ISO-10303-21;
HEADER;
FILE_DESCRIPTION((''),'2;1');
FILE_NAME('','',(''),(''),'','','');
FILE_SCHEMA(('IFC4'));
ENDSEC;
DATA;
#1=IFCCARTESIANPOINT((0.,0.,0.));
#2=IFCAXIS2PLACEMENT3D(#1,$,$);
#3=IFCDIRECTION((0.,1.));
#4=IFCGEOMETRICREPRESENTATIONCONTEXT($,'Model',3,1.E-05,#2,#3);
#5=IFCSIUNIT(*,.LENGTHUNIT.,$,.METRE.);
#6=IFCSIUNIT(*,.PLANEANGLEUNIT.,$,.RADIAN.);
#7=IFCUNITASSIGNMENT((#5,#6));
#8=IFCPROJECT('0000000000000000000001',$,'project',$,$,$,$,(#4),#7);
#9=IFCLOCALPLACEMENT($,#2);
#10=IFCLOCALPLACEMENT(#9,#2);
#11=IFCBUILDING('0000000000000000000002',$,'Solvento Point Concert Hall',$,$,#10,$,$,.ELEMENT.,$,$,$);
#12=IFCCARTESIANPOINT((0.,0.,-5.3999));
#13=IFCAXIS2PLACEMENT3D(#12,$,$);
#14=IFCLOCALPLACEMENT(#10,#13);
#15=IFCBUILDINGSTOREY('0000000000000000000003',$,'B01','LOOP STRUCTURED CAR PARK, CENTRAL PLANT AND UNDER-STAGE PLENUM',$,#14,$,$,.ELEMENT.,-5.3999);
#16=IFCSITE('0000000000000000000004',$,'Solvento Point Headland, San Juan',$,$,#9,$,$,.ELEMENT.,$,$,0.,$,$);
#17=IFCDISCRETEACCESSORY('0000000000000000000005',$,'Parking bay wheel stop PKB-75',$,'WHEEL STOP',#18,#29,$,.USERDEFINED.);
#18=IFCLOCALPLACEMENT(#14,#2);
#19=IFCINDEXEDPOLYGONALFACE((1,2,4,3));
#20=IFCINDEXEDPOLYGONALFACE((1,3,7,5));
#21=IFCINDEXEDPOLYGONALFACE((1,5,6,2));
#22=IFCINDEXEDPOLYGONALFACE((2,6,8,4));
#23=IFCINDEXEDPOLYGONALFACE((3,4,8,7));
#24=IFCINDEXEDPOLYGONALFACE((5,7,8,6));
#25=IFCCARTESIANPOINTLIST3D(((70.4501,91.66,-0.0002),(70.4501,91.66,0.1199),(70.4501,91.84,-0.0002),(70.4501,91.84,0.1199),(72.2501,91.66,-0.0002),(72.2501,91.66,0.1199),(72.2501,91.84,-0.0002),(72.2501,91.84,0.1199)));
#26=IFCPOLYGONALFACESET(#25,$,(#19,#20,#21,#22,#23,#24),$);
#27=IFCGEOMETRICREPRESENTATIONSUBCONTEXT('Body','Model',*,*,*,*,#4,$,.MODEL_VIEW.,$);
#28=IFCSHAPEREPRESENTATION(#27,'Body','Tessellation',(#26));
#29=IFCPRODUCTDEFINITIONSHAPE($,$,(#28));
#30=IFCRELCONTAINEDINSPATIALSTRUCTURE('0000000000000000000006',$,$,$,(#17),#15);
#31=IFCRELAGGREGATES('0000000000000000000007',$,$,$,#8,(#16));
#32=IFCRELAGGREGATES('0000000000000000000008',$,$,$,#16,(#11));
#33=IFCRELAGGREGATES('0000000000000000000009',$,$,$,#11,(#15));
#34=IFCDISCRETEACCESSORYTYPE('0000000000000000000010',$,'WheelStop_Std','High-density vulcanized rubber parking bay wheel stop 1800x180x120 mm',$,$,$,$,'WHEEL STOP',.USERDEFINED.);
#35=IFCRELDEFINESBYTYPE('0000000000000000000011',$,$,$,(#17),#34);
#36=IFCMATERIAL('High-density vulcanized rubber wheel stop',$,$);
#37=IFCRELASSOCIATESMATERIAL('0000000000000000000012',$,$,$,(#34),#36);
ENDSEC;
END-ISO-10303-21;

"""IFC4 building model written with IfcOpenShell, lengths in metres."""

from ifc_helpers import new_model, si_unit, direction, frame, origin, origin_2d, place, context, subcontext, project, spatial, rectangle, extrude, material, type_object, element, save


model = new_model("IFC4")

# Units and contexts
model_context = context("Model", 3, precision=1e-05, world=origin(), true_north=direction((0.0, 1.0)))
body_context = subcontext(model_context, "Body", "Model", "MODEL_VIEW")
ifc_project = project(units=[si_unit("LENGTHUNIT", "METRE"), si_unit("PLANEANGLEUNIT", "RADIAN")], contexts=[model_context])

# Site, building, storey
site_placement = place(None, origin())
site = spatial("IfcSite", under=ifc_project, at=site_placement, Name="Solvento Point Headland, San Juan", CompositionType="ELEMENT", RefElevation=0.0)
building_placement = place(site_placement, origin())
building = spatial("IfcBuilding", under=site, at=building_placement, Name="Solvento Point Concert Hall", CompositionType="ELEMENT")
storey_placement = place(building_placement, frame((0.0, 0.0, -5.3999)))
storey = spatial("IfcBuildingStorey", under=building, at=storey_placement, Name="B01", Description="LOOP STRUCTURED CAR PARK, CENTRAL PLANT AND UNDER-STAGE PLENUM", CompositionType="ELEMENT", Elevation=-5.3999)

# Discrete accessory
ifc_material_1 = material(Name="High-density vulcanized rubber wheel stop")
discrete_accessory_type_1 = type_object("IfcDiscreteAccessoryType", Name="WheelStop_Std", Description="High-density vulcanized rubber parking bay wheel stop 1800x180x120 mm", ElementType="WHEEL STOP", PredefinedType="USERDEFINED", material=ifc_material_1)
for number, where, z_axis, x_axis, name in (
    (1, (71.3501, 91.75, -0.0002), (0.0, 0.0, 1.0), (1.0, 0.0, 0.0), "Parking bay wheel stop PKB-75"),
):
    element("IfcDiscreteAccessory", number, at=place(storey_placement, frame(where, z_axis=z_axis, x_axis=x_axis)), inside=storey, type_object=discrete_accessory_type_1, Name=name, ObjectType="WHEEL STOP", PredefinedType="USERDEFINED", context=body_context, shape_type="SweptSolid", body=[
        extrude(rectangle(XDim=1.8, YDim=0.1799, at=origin_2d()), origin(), (0.0, 0.0, 1.0), 0.1201),
    ])

save(model, "model.ifc")
